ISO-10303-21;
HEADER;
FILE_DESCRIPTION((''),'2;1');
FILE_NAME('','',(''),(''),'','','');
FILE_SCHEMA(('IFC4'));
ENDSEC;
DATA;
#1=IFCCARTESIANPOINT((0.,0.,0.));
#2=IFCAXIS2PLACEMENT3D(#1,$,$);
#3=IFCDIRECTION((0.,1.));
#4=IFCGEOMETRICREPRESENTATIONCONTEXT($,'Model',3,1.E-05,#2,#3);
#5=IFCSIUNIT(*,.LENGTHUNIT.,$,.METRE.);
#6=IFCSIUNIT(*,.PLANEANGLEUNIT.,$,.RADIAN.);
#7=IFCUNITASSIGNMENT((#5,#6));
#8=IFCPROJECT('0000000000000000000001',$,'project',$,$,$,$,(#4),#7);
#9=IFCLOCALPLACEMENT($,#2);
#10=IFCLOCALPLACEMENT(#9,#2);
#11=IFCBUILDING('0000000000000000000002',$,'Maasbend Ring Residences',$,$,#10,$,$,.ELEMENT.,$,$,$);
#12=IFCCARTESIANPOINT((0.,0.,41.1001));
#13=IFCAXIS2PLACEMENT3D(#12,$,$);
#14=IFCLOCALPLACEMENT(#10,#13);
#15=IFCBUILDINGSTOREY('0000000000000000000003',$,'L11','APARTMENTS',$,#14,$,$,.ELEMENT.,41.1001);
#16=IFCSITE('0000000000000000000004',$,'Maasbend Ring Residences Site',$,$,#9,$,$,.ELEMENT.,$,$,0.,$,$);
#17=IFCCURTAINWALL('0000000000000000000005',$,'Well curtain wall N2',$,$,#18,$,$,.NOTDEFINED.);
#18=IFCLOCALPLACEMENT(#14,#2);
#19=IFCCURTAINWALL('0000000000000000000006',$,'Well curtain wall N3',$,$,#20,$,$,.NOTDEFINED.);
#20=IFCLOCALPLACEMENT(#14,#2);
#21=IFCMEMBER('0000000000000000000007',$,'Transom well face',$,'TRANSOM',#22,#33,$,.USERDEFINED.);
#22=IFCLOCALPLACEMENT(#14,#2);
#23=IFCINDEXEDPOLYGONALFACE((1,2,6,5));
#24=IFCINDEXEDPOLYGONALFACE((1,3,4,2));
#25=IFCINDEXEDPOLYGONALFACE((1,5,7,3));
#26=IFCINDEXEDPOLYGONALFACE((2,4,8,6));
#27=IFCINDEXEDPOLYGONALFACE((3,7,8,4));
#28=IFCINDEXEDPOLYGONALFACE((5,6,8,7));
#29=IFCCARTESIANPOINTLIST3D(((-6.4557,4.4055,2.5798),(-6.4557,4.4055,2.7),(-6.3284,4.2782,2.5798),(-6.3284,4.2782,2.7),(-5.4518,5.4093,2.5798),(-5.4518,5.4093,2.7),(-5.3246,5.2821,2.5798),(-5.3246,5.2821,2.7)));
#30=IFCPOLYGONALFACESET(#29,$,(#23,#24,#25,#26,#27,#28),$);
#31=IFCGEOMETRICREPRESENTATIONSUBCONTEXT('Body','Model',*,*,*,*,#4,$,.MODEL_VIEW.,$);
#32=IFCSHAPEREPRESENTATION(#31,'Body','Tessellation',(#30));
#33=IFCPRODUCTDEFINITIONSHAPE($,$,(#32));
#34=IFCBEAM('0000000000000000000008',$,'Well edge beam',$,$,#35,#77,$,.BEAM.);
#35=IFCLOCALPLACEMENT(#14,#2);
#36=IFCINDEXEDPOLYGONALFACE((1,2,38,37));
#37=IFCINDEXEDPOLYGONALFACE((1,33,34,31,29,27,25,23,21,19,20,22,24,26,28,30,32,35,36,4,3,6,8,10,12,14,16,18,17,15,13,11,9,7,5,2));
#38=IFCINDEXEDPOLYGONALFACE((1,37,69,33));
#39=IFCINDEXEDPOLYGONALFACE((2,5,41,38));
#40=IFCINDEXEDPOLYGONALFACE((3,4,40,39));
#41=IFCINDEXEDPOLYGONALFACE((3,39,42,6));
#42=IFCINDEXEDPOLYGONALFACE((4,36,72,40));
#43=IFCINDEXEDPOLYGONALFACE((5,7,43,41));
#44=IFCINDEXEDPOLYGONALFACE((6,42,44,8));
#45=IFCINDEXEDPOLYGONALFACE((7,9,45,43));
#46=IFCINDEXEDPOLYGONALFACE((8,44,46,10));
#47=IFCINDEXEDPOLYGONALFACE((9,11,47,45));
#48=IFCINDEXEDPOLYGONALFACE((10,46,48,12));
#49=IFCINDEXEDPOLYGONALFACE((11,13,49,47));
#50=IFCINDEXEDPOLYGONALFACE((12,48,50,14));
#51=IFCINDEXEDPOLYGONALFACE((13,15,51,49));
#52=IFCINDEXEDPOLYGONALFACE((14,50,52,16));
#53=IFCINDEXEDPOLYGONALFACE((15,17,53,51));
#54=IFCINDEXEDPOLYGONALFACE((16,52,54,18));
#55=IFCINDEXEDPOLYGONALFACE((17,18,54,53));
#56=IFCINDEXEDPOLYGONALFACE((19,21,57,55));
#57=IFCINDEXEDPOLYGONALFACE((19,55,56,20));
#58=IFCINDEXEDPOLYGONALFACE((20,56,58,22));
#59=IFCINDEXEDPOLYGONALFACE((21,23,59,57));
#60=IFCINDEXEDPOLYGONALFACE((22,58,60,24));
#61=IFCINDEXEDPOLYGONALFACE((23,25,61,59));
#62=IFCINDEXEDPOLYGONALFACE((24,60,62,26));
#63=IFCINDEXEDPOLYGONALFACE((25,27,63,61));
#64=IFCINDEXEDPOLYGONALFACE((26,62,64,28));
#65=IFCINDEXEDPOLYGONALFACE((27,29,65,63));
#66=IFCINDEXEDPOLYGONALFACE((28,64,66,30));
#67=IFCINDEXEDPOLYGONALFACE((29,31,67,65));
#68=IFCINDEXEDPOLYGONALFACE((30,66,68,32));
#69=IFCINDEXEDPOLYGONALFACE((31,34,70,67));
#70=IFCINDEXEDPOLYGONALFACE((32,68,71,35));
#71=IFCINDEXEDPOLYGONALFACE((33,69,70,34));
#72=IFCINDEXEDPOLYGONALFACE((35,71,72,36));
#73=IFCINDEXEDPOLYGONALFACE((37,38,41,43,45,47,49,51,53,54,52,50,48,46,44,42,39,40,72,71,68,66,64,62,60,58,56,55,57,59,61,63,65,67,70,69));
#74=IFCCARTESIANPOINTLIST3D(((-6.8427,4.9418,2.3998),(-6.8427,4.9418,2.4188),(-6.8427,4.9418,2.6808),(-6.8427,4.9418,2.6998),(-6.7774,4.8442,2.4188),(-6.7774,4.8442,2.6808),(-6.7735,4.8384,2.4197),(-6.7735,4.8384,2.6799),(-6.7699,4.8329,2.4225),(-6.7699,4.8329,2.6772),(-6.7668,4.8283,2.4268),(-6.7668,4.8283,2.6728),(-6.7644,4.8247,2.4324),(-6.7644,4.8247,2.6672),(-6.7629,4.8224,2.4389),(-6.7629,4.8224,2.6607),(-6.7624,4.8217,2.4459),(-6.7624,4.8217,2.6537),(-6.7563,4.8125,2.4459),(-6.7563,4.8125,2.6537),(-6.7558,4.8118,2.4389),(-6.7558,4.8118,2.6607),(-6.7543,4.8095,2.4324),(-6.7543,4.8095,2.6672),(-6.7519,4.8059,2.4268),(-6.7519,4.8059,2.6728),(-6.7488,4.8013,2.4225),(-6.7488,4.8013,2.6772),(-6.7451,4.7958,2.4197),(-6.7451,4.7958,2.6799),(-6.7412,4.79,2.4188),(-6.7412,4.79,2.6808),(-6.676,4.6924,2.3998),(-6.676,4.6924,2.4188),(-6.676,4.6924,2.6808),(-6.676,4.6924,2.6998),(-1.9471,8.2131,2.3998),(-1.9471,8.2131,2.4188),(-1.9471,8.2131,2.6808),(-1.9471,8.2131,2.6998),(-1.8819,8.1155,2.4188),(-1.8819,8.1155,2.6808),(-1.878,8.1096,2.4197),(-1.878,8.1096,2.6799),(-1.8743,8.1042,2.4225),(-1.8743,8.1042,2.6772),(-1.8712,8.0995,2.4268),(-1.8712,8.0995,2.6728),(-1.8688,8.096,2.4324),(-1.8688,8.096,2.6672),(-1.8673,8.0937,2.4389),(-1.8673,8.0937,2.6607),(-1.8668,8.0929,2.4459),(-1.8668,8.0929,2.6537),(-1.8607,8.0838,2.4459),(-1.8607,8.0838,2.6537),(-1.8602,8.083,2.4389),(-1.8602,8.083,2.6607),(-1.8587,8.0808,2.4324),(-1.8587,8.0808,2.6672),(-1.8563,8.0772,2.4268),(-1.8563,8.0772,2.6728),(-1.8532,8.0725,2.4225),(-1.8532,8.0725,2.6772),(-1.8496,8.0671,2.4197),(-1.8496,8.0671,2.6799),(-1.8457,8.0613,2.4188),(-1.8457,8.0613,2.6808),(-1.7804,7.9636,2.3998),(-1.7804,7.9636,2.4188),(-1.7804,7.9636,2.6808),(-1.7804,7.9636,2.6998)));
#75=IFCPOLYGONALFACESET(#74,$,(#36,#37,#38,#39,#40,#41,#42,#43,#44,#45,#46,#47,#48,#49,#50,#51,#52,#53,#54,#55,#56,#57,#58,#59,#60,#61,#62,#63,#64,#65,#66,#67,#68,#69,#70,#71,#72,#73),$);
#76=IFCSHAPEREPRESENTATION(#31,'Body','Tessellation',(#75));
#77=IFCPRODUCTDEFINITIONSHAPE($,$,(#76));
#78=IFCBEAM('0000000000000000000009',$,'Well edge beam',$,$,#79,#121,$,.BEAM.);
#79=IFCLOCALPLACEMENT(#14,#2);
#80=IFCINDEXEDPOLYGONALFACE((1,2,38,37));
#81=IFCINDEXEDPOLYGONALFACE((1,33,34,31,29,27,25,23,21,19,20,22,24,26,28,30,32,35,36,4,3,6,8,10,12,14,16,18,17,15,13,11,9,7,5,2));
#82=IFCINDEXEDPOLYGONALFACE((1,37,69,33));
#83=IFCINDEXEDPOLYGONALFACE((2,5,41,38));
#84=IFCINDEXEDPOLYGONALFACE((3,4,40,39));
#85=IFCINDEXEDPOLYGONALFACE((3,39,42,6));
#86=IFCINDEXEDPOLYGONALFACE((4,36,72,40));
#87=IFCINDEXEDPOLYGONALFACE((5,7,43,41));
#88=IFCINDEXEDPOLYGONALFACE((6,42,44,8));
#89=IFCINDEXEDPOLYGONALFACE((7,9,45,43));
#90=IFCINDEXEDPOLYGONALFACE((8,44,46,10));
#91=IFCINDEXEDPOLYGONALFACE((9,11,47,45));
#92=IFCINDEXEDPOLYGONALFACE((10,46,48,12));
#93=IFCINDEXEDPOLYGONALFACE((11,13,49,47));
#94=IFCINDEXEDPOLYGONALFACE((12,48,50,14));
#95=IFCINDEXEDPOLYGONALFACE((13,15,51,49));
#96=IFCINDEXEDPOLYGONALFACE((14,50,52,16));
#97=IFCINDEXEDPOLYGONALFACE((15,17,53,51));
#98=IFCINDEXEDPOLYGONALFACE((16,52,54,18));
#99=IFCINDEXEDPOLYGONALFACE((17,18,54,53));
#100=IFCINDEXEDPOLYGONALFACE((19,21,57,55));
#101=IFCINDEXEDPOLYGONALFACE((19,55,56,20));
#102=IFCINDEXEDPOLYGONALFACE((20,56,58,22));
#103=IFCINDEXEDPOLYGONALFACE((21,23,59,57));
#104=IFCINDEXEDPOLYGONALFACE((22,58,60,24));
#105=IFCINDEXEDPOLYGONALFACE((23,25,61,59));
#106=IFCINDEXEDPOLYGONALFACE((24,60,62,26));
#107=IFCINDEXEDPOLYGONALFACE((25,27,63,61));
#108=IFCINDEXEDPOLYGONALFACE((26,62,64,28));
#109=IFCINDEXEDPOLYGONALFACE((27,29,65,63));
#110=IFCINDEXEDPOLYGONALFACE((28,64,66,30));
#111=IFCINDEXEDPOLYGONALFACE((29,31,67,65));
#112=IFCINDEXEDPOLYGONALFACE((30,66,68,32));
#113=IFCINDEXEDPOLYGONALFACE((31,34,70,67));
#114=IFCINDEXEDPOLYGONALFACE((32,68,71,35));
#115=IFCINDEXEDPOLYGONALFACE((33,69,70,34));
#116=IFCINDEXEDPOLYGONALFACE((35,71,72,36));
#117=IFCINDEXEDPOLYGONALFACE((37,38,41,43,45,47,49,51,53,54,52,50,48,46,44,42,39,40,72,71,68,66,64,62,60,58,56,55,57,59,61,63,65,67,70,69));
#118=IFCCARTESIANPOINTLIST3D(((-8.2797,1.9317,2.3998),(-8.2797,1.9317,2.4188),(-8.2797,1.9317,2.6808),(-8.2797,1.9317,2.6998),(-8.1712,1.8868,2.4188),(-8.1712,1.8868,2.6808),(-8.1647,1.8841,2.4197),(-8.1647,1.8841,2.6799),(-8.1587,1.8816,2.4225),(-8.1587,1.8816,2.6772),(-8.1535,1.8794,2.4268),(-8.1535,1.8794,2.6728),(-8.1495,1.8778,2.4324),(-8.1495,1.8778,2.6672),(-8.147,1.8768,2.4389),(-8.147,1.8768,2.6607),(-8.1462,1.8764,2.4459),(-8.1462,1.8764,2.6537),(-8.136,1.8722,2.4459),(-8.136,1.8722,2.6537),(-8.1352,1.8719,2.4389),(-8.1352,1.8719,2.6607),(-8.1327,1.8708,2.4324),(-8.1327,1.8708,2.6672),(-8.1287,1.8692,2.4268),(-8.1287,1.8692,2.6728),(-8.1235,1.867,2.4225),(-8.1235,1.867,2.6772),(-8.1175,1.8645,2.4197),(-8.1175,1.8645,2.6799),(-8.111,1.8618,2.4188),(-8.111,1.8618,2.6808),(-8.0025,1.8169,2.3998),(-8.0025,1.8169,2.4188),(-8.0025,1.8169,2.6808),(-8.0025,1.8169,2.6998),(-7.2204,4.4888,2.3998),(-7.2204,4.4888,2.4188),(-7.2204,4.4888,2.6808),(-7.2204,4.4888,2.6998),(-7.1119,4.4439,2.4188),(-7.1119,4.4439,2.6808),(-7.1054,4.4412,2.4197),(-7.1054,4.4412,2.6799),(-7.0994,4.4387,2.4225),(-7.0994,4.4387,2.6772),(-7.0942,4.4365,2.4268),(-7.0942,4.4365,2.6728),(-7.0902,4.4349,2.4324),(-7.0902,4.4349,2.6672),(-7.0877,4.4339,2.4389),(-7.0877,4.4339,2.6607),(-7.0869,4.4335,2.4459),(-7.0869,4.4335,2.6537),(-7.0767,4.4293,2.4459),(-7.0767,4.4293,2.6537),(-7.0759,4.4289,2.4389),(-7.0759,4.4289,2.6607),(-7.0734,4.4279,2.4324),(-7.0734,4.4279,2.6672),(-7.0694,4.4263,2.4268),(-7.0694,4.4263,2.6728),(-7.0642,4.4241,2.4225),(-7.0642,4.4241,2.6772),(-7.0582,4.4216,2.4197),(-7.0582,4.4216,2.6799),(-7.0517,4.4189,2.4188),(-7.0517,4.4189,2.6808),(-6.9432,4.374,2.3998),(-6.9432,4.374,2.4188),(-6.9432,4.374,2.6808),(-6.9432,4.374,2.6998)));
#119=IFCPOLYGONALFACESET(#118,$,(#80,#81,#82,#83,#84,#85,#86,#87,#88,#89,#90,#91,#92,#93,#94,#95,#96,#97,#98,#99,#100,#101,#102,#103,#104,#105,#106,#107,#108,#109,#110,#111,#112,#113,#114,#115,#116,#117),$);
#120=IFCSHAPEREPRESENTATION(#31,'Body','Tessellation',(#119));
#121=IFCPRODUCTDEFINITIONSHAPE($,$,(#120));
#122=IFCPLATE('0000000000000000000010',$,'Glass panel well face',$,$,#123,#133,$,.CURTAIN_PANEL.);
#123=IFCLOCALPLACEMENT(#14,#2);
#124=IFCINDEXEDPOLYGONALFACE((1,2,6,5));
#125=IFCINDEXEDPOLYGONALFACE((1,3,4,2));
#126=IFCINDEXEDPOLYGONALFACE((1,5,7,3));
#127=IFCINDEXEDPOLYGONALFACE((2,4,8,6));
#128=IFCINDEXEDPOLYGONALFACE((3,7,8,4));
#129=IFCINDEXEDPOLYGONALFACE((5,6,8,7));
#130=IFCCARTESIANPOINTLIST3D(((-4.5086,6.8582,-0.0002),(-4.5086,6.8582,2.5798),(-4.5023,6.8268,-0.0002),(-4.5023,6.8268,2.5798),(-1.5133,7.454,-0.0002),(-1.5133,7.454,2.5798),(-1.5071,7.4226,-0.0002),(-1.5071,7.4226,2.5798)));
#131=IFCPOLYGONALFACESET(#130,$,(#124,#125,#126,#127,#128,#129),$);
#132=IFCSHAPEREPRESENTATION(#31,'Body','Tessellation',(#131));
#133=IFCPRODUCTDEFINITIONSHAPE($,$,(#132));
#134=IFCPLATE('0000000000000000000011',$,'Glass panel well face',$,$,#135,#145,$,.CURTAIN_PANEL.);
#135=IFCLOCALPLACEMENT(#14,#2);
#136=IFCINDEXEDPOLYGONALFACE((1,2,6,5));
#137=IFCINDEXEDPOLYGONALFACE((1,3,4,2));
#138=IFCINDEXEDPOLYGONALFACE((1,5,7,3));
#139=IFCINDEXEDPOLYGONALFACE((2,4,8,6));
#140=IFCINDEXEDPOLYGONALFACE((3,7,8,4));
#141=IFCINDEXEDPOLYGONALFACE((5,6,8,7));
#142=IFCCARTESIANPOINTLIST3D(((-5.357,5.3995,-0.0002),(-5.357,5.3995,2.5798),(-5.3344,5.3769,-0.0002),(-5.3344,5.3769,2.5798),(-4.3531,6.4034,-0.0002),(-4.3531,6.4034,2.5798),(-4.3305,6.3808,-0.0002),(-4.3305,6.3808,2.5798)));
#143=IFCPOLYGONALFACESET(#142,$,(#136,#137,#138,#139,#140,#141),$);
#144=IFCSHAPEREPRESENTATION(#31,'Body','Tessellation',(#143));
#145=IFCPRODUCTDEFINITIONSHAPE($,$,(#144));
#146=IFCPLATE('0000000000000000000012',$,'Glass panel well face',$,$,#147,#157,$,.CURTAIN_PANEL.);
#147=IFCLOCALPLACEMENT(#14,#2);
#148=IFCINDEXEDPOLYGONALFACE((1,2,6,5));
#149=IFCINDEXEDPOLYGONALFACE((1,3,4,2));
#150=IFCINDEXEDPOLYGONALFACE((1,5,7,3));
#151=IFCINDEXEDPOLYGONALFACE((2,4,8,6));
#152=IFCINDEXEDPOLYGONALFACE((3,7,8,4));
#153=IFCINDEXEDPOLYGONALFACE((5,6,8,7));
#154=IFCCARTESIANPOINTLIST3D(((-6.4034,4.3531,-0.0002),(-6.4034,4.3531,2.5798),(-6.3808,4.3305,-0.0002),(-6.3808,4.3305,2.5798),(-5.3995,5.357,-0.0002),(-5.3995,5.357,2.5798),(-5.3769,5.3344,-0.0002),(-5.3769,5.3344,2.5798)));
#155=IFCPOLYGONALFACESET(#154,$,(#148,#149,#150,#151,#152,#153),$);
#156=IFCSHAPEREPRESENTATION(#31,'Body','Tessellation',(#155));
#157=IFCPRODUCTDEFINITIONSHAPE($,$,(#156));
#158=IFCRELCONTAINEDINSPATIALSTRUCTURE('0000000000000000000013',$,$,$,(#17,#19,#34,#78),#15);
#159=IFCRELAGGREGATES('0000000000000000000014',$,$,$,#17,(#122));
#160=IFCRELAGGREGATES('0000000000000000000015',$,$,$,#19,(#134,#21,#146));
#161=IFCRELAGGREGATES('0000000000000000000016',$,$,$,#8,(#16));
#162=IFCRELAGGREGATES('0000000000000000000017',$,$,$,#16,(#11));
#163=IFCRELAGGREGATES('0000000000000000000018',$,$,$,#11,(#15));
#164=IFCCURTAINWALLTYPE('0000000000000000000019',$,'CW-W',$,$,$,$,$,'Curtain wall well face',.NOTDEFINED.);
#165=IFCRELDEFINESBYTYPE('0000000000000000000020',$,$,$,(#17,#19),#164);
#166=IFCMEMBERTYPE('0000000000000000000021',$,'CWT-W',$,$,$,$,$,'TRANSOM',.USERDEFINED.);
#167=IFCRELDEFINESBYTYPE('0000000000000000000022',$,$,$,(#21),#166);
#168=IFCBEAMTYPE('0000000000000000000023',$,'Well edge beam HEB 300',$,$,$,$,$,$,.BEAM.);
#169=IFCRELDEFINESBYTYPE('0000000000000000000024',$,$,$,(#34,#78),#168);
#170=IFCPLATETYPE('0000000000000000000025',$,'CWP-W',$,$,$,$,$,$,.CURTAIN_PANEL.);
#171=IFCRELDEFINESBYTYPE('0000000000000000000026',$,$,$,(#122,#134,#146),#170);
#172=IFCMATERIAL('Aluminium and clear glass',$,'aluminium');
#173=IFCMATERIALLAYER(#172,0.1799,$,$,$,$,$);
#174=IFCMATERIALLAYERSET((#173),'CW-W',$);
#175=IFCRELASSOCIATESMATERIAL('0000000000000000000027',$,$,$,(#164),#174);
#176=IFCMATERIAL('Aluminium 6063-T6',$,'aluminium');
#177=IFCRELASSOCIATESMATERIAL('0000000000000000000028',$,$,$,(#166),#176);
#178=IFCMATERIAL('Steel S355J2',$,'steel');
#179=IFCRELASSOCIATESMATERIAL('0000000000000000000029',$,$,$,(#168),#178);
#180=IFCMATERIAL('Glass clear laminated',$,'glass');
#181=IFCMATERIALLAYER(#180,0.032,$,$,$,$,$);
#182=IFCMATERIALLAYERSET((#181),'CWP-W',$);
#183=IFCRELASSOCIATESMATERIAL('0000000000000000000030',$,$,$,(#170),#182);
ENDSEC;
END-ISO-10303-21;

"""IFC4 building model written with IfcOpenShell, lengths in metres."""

from ifc_helpers import new_model, si_unit, direction, frame, origin, origin_2d, place, context, subcontext, project, spatial, rectangle, i_section, extrude, material, layer, layer_set, material_profile, profile_set, type_object, element, aggregate, save


model = new_model("IFC4")

# Units and contexts
model_context = context("Model", 3, precision=1e-05, world=origin(), true_north=direction((0.0, 1.0)))
body_context = subcontext(model_context, "Body", "Model", "MODEL_VIEW")
ifc_project = project(units=[si_unit("LENGTHUNIT", "METRE"), si_unit("PLANEANGLEUNIT", "RADIAN")], contexts=[model_context])

# Site, building, storey
site_placement = place(None, origin())
site = spatial("IfcSite", under=ifc_project, at=site_placement, Name="Maasbend Ring Residences Site", CompositionType="ELEMENT", RefElevation=0.0)
building_placement = place(site_placement, origin())
building = spatial("IfcBuilding", under=site, at=building_placement, Name="Maasbend Ring Residences", CompositionType="ELEMENT")
storey_placement = place(building_placement, frame((0.0, 0.0, 41.1001)))
storey = spatial("IfcBuildingStorey", under=building, at=storey_placement, Name="L11", Description="APARTMENTS", CompositionType="ELEMENT", Elevation=41.1001)

# Curtain walls
ifc_material_1 = material(Name="Aluminium and clear glass", Category="aluminium")
ifc_layer_1 = layer(ifc_material_1, 0.1799)
ifc_layer_set_1 = layer_set([ifc_layer_1], Name="CW-W")
curtain_wall_type = type_object("IfcCurtainWallType", Name="CW-W", ElementType="Curtain wall well face", PredefinedType="NOTDEFINED", material=ifc_layer_set_1)
curtain_wall_1_placement = place(storey_placement, origin())
curtain_wall_1 = element("IfcCurtainWall", 1, at=curtain_wall_1_placement, inside=storey, type_object=curtain_wall_type, Name="Well curtain wall N2", PredefinedType="NOTDEFINED")
curtain_wall_2_placement = place(storey_placement, origin())
curtain_wall_2 = element("IfcCurtainWall", 2, at=curtain_wall_2_placement, inside=storey, type_object=curtain_wall_type, Name="Well curtain wall N3", PredefinedType="NOTDEFINED")

# Member
ifc_material_2 = material(Name="Aluminium 6063-T6", Category="aluminium")
ifc_material_profile_1 = material_profile(ifc_material_2, rectangle(XDim=0.1799, YDim=0.1201, at=origin_2d()), Name="AL 180x120")
ifc_profile_set_1 = profile_set([ifc_material_profile_1], Name="Aluminium 6063-T6")
member_type_1 = type_object("IfcMemberType", Name="CWT-W", ElementType="TRANSOM", PredefinedType="USERDEFINED", material=ifc_profile_set_1)
member_1_placement = place(storey_placement, frame((-5.3882, 5.3457, 2.6399), z_axis=(-0.707107, -0.707107, 0.0), x_axis=(0.707107, -0.707107, 0.0)))
member_1 = element("IfcMember", 3, at=member_1_placement, type_object=member_type_1, Name="Transom well face", ObjectType="TRANSOM", PredefinedType="USERDEFINED", context=body_context, shape_type="SweptSolid", body=[
    extrude(rectangle(XDim=0.1799, YDim=0.1201, at=origin_2d()), origin(), (0.0, 0.0, 1.0), 1.4197),
])

# Beams
ifc_material_3 = material(Name="Steel S355J2", Category="steel")
ifc_material_profile_2 = material_profile(ifc_material_3, i_section(OverallWidth=0.3, OverallDepth=0.3, WebThickness=0.011, FlangeThickness=0.019, FilletRadius=0.0271, at=origin_2d()), Name="HEB 300")
ifc_profile_set_2 = profile_set([ifc_material_profile_2], Name="Steel S355J2")
beam_type = type_object("IfcBeamType", Name="Well edge beam HEB 300", PredefinedType="BEAM", material=ifc_profile_set_2)
beam_1_placement = place(storey_placement, frame((-1.8638, 8.0884, 2.5498), z_axis=(-0.831457, -0.55559, 0.0), x_axis=(0.55559, -0.831457, 0.0)))
element("IfcBeam", 4, at=beam_1_placement, inside=storey, type_object=beam_type, Name="Well edge beam", PredefinedType="BEAM", context=body_context, shape_type="SweptSolid", body=[
    extrude(i_section(OverallWidth=0.3, OverallDepth=0.3, WebThickness=0.011, FlangeThickness=0.019, FilletRadius=0.0271, at=origin_2d()), origin(), (0.0, 0.0, 1.0), 5.8879),
])
beam_2_placement = place(storey_placement, frame((-7.0818, 4.4314, 2.5498), z_axis=(-0.382723, -0.923863, 0.0), x_axis=(0.923863, -0.382723, 0.0)))
element("IfcBeam", 5, at=beam_2_placement, inside=storey, type_object=beam_type, Name="Well edge beam", PredefinedType="BEAM", context=body_context, shape_type="SweptSolid", body=[
    extrude(i_section(OverallWidth=0.3, OverallDepth=0.3, WebThickness=0.011, FlangeThickness=0.019, FilletRadius=0.0271, at=origin_2d()), origin(), (0.0, 0.0, 1.0), 2.7678),
])

# Plates
ifc_material_4 = material(Name="Glass clear laminated", Category="glass")
ifc_layer_2 = layer(ifc_material_4, 0.032)
ifc_layer_set_2 = layer_set([ifc_layer_2], Name="CWP-W")
plate_type = type_object("IfcPlateType", Name="CWP-W", PredefinedType="CURTAIN_PANEL", material=ifc_layer_set_2)
plate_1_placement = place(storey_placement, frame((-3.0078, 7.1404, -0.0002), z_axis=(0.0, 0.0, 1.0), x_axis=(-0.980785, -0.19509, 0.0)))
plate_1 = element("IfcPlate", 6, at=plate_1_placement, type_object=plate_type, Name="Glass panel well face", PredefinedType="CURTAIN_PANEL", context=body_context, shape_type="SweptSolid", body=[
    extrude(rectangle(XDim=3.054, YDim=0.032, at=origin_2d()), origin(), (0.0, 0.0, 1.0), 2.5801),
])
aggregate(curtain_wall_1, [plate_1])
plate_2_placement = place(storey_placement, frame((-4.8438, 5.8901, -0.0002), z_axis=(0.0, 0.0, 1.0), x_axis=(-0.707107, -0.707107, 0.0)))
plate_2 = element("IfcPlate", 7, at=plate_2_placement, type_object=plate_type, Name="Glass panel well face", PredefinedType="CURTAIN_PANEL", context=body_context, shape_type="SweptSolid", body=[
    extrude(rectangle(XDim=1.4197, YDim=0.032, at=origin_2d()), origin(), (0.0, 0.0, 1.0), 2.5801),
])
plate_3_placement = place(storey_placement, frame((-5.8901, 4.8438, -0.0002), z_axis=(0.0, 0.0, 1.0), x_axis=(-0.707107, -0.707107, 0.0)))
plate_3 = element("IfcPlate", 8, at=plate_3_placement, type_object=plate_type, Name="Glass panel well face", PredefinedType="CURTAIN_PANEL", context=body_context, shape_type="SweptSolid", body=[
    extrude(rectangle(XDim=1.4197, YDim=0.032, at=origin_2d()), origin(), (0.0, 0.0, 1.0), 2.5801),
])
aggregate(curtain_wall_2, [plate_2, member_1, plate_3])

save(model, "model.ifc")
